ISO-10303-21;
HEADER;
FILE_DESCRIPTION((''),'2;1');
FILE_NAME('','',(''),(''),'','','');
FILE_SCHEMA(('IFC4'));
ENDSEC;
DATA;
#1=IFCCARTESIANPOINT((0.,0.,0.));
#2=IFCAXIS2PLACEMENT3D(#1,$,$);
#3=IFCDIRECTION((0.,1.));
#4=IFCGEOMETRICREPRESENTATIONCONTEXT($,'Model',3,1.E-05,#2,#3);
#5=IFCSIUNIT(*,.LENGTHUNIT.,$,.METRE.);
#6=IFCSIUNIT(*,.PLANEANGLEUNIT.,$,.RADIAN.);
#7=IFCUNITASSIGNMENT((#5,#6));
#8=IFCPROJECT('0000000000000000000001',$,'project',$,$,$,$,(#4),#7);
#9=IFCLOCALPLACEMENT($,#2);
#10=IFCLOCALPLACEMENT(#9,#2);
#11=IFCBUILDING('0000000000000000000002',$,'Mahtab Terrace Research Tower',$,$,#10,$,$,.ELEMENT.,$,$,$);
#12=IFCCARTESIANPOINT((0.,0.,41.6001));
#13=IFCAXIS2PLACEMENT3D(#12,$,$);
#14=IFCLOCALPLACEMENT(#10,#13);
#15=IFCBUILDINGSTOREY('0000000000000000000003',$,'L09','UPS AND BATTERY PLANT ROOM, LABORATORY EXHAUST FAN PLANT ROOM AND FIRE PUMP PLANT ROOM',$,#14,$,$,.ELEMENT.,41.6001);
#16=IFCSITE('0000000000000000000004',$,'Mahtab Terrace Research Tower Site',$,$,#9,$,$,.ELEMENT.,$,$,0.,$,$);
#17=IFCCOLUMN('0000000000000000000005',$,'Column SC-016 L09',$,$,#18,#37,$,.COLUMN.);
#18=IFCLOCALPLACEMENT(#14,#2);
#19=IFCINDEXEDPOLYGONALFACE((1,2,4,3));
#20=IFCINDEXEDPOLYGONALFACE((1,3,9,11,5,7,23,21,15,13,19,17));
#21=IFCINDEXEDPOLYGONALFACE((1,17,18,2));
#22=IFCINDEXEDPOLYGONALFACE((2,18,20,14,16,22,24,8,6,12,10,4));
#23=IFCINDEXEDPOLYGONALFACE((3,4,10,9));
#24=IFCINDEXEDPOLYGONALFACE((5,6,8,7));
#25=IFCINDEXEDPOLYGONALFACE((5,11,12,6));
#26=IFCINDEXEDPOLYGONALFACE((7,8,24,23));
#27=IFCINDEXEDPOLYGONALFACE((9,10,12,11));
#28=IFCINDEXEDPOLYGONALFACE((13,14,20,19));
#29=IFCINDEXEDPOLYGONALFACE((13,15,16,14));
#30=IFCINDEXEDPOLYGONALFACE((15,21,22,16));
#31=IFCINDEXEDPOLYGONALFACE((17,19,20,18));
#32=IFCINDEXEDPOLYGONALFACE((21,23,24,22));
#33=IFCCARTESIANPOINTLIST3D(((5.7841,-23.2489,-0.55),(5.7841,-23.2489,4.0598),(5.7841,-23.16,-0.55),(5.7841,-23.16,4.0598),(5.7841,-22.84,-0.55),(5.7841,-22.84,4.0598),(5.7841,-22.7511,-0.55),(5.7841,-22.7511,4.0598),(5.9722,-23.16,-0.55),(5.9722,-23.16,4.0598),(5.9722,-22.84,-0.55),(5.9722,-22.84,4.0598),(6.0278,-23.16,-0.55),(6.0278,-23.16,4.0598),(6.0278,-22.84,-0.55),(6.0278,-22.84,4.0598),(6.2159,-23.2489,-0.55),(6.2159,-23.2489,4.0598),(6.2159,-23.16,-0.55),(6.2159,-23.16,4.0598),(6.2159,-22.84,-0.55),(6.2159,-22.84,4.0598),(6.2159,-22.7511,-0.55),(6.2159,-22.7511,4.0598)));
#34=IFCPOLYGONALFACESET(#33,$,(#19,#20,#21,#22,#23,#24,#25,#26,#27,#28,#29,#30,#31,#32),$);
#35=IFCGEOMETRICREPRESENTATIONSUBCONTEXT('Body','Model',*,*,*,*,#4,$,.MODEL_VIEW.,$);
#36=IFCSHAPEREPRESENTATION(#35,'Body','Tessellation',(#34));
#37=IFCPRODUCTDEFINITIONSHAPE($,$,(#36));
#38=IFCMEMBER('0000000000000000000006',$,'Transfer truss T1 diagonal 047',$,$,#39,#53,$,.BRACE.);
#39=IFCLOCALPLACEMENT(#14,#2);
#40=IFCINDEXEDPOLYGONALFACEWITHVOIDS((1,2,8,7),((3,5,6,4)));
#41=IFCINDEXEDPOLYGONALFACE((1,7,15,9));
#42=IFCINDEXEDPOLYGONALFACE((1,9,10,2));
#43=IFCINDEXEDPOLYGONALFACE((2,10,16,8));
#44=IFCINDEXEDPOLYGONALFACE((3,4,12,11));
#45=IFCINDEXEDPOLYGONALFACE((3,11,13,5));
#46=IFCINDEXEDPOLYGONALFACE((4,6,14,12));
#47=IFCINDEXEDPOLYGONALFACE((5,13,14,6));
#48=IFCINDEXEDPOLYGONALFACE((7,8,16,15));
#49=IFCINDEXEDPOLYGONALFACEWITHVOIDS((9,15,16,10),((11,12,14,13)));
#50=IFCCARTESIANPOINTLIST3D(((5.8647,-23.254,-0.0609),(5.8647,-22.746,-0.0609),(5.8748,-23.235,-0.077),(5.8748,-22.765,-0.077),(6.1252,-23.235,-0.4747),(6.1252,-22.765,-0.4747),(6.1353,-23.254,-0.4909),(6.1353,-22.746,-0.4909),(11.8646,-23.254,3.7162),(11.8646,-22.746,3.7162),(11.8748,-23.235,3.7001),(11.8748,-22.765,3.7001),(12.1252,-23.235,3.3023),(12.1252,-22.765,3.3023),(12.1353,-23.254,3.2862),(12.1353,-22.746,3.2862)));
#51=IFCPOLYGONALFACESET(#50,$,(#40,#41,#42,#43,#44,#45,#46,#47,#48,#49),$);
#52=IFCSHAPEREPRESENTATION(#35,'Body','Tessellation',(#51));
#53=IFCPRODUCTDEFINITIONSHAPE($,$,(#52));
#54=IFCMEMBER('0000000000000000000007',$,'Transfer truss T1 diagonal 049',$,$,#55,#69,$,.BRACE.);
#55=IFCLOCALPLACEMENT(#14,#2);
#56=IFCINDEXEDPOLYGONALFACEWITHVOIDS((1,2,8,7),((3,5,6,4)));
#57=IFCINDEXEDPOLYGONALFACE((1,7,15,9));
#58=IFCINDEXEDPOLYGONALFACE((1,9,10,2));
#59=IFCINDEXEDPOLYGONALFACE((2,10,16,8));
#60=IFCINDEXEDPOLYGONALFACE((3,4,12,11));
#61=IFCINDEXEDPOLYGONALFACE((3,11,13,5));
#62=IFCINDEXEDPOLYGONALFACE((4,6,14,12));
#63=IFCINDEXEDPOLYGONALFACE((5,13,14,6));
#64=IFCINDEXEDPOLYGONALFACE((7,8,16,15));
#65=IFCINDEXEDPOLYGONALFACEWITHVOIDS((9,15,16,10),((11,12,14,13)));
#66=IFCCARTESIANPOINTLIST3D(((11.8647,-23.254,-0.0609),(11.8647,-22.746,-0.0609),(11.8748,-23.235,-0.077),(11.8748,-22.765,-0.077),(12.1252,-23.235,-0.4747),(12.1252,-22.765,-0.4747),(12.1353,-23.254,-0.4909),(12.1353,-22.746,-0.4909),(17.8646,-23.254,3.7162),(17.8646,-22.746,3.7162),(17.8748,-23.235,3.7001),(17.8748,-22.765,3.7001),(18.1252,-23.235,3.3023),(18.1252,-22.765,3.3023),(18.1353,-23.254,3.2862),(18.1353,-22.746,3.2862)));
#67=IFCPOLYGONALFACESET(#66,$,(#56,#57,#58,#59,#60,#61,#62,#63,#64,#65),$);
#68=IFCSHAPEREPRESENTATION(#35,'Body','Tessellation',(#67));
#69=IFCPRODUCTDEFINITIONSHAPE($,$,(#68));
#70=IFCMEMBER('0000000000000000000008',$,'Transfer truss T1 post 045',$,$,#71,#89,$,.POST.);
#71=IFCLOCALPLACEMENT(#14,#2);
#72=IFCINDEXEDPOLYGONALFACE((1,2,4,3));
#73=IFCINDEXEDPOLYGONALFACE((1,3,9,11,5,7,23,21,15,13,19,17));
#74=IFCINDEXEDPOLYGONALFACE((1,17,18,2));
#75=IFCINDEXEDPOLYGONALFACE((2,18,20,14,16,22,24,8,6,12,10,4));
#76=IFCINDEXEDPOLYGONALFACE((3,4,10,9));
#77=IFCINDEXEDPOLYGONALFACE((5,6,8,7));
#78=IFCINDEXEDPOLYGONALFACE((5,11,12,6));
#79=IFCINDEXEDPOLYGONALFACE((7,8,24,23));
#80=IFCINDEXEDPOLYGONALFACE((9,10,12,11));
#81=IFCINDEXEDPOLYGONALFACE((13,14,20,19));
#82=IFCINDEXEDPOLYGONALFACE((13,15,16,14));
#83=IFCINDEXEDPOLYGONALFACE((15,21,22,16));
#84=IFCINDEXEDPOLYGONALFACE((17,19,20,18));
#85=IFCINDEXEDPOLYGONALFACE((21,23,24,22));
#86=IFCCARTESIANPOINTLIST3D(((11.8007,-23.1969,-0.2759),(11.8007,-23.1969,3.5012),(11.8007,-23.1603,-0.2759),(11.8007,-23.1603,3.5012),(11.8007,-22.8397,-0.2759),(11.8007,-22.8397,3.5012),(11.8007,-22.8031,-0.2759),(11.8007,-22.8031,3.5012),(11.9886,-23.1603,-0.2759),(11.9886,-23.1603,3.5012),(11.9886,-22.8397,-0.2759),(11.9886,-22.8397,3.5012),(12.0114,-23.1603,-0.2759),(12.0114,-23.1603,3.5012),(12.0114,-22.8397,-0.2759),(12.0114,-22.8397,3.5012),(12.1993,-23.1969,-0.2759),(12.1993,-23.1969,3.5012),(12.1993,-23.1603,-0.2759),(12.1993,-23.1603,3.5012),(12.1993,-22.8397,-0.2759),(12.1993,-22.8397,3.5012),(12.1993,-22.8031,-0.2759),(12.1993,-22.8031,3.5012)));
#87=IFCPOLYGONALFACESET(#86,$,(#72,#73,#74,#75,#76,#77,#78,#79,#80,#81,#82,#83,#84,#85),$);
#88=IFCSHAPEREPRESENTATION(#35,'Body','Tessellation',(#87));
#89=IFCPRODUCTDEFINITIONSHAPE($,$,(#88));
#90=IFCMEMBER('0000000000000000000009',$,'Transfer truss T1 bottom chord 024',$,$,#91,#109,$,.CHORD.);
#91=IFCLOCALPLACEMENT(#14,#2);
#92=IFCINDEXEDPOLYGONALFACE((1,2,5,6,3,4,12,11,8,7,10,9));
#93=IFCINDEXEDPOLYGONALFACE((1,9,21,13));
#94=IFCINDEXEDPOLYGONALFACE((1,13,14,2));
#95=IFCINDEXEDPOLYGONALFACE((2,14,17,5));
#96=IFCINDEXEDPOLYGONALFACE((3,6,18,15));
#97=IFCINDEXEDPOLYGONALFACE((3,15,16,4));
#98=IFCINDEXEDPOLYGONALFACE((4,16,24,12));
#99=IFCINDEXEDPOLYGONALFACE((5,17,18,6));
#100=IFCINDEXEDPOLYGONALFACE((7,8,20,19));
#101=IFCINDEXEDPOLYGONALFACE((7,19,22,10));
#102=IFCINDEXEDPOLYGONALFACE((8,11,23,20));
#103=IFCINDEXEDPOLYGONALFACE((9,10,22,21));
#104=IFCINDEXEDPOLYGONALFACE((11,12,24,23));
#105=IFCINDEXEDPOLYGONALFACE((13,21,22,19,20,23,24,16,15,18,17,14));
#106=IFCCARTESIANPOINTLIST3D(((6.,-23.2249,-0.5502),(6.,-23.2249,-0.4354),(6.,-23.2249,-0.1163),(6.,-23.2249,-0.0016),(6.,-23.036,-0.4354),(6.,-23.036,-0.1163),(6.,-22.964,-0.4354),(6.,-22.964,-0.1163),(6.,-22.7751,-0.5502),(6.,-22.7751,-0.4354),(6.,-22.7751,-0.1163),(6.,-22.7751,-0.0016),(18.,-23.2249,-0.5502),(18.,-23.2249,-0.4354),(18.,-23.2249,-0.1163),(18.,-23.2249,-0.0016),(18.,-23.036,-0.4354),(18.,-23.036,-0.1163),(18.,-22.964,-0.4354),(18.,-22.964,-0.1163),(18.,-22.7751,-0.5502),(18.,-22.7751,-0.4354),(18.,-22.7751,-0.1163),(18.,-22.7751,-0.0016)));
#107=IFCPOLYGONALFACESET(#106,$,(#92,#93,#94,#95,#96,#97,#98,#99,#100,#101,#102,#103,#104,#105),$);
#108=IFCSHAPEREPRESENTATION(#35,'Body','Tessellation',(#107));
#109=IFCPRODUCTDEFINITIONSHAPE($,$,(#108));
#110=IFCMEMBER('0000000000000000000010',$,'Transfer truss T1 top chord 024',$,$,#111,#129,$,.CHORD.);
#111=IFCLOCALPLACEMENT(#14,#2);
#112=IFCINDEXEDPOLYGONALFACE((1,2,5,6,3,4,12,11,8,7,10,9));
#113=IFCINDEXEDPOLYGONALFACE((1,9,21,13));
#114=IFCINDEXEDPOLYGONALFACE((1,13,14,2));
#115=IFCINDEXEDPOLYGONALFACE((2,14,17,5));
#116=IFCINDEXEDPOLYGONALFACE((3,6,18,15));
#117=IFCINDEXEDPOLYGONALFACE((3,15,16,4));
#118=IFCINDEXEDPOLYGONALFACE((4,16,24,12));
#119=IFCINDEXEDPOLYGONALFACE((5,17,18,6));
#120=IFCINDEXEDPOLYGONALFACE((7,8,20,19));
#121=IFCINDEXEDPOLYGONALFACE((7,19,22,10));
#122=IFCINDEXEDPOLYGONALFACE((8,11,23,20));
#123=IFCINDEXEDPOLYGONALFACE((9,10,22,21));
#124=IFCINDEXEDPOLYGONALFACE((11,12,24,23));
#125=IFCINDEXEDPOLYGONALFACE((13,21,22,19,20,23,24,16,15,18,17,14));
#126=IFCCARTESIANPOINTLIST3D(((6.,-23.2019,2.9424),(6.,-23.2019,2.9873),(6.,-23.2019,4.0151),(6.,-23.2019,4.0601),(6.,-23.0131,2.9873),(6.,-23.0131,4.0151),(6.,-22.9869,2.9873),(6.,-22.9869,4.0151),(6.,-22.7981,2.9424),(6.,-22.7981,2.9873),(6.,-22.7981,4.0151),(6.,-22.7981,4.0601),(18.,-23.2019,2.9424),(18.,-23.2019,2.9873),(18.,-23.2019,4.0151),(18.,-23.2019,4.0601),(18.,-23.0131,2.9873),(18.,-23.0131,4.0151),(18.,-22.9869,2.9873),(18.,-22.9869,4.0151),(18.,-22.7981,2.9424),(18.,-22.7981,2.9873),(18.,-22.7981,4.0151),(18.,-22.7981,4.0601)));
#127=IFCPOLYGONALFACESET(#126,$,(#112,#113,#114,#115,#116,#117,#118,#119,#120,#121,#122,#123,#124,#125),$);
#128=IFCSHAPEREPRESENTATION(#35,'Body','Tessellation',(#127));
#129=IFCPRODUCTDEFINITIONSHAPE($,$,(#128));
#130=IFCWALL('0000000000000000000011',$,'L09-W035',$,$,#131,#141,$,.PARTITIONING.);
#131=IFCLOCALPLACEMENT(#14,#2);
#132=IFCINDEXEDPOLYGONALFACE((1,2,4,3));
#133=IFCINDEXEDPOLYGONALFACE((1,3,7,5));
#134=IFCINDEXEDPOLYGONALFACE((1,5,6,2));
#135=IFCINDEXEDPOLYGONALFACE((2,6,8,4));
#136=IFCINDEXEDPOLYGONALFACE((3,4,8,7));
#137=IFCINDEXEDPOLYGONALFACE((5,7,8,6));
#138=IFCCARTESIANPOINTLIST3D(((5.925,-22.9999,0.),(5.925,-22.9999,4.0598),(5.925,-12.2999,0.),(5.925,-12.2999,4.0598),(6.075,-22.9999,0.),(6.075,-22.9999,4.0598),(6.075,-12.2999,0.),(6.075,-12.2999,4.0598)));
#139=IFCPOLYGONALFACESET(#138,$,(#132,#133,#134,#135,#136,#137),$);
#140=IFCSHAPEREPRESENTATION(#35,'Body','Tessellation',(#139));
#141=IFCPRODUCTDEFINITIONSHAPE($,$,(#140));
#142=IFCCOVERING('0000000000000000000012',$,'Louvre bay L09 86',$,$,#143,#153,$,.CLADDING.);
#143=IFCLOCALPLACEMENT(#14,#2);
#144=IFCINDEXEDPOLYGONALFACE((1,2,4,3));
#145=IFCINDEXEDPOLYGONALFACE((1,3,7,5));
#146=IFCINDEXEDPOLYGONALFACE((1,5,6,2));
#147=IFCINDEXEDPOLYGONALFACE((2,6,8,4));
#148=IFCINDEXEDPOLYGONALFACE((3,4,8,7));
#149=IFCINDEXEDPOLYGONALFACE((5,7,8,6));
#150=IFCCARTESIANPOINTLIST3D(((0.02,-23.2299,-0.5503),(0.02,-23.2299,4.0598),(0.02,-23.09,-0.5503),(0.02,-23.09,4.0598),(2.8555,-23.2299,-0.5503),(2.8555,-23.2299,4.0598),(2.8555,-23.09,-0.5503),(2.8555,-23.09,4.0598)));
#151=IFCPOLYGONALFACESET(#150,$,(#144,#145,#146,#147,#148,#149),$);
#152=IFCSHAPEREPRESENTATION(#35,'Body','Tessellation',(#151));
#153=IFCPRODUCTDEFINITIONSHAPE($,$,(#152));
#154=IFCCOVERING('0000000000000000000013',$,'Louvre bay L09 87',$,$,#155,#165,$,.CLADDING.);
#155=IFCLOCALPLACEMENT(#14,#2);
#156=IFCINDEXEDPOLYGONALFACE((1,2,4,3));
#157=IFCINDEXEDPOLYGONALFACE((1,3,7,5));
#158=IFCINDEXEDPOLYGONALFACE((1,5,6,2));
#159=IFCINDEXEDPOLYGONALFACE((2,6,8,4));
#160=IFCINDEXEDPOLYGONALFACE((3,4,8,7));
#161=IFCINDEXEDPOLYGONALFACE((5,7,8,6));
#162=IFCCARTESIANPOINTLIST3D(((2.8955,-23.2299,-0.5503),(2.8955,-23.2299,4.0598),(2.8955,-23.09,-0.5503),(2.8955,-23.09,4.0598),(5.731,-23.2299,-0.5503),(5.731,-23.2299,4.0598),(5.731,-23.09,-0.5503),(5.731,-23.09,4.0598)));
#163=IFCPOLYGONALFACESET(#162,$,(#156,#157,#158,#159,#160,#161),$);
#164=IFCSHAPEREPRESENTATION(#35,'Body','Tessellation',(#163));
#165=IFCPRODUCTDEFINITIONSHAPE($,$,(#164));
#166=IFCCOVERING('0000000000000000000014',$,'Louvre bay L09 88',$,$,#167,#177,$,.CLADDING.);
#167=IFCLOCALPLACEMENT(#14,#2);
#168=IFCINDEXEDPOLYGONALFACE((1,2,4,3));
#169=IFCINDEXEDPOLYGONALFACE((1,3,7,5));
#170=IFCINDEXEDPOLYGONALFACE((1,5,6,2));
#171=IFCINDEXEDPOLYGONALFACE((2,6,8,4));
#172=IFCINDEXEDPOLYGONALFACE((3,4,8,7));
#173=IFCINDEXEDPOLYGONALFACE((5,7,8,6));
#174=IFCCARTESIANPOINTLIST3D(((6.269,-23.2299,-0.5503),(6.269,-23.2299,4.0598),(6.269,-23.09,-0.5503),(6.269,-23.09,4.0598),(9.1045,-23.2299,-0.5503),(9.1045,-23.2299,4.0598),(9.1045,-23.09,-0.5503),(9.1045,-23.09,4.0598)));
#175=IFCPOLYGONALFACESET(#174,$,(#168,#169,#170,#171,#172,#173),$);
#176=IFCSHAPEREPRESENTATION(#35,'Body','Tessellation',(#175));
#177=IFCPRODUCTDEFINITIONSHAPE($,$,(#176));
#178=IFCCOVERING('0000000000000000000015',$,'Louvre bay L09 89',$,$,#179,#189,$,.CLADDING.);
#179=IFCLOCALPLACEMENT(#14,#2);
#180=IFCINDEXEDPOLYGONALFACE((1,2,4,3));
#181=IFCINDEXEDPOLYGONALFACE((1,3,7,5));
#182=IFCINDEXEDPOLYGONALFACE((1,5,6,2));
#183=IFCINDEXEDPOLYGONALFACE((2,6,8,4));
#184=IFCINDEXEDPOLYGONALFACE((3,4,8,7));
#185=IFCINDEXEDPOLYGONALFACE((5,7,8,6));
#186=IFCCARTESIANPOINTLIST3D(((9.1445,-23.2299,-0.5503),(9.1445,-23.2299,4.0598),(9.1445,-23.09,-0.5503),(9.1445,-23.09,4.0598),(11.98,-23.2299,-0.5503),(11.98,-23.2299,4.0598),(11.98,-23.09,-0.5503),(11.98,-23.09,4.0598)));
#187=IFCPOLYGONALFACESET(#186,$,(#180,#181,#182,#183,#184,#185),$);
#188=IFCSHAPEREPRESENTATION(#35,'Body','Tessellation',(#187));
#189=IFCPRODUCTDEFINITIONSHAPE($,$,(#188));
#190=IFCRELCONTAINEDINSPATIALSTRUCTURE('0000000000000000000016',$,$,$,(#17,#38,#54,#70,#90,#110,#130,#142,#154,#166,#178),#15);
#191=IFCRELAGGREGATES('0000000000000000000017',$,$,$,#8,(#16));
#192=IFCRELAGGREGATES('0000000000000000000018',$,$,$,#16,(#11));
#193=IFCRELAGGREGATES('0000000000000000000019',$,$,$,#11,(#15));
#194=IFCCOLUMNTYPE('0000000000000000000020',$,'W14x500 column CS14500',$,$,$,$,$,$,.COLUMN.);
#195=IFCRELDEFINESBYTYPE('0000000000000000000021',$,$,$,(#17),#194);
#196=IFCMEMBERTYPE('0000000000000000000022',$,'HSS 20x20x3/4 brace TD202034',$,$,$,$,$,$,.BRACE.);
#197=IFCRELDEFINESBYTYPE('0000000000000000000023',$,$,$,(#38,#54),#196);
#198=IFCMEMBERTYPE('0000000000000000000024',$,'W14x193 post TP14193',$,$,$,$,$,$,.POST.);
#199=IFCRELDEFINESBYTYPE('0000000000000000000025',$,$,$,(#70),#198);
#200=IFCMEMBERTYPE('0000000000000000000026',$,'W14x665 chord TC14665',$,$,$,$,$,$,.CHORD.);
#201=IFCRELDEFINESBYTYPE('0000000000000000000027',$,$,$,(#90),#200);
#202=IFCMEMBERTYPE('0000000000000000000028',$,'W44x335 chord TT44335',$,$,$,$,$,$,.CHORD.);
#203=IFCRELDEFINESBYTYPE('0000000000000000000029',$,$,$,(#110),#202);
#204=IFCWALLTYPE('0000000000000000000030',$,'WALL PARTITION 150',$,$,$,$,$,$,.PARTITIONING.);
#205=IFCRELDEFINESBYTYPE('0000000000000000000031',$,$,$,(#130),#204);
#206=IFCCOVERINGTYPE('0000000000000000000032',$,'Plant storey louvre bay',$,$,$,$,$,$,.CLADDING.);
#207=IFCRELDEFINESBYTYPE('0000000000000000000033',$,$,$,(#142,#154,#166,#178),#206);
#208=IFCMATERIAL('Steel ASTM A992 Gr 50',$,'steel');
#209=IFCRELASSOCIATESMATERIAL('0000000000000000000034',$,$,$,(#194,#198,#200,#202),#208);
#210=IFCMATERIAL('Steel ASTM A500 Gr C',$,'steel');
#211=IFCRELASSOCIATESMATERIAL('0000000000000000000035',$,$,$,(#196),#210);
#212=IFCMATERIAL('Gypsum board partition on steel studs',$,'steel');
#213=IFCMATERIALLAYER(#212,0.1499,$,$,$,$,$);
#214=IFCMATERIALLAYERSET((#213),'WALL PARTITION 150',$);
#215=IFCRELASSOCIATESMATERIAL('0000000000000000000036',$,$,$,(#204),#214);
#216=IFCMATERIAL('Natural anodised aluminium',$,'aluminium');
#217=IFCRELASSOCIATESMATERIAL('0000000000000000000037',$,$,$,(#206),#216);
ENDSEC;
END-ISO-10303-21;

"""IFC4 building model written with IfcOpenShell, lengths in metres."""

from ifc_helpers import new_model, si_unit, direction, frame, frame_2d, origin, origin_2d, place, context, subcontext, project, spatial, rectangle, hollow_rectangle, i_section, extrude, material, layer, layer_set, material_profile, profile_set, type_object, element, save


model = new_model("IFC4")

# Units and contexts
model_context = context("Model", 3, precision=1e-05, world=origin(), true_north=direction((0.0, 1.0)))
body_context = subcontext(model_context, "Body", "Model", "MODEL_VIEW")
ifc_project = project(units=[si_unit("LENGTHUNIT", "METRE"), si_unit("PLANEANGLEUNIT", "RADIAN")], contexts=[model_context])

# Site, building, storey
site_placement = place(None, origin())
site = spatial("IfcSite", under=ifc_project, at=site_placement, Name="Mahtab Terrace Research Tower Site", CompositionType="ELEMENT", RefElevation=0.0)
building_placement = place(site_placement, origin())
building = spatial("IfcBuilding", under=site, at=building_placement, Name="Mahtab Terrace Research Tower", CompositionType="ELEMENT")
storey_placement = place(building_placement, frame((0.0, 0.0, 41.6001)))
storey = spatial("IfcBuildingStorey", under=building, at=storey_placement, Name="L09", Description="UPS AND BATTERY PLANT ROOM, LABORATORY EXHAUST FAN PLANT ROOM AND FIRE PUMP PLANT ROOM", CompositionType="ELEMENT", Elevation=41.6001)

# Column
ifc_material_1 = material(Name="Steel ASTM A992 Gr 50", Category="steel")
ifc_material_profile_1 = material_profile(ifc_material_1, i_section(OverallWidth=0.4319, OverallDepth=0.4978, WebThickness=0.0557, FlangeThickness=0.0889, at=origin_2d()), Name="W14X500")
ifc_profile_set_1 = profile_set([ifc_material_profile_1], Name="Steel ASTM A992 Gr 50")
column_type = type_object("IfcColumnType", Name="W14x500 column CS14500", PredefinedType="COLUMN", material=ifc_profile_set_1)
column_placement = place(storey_placement, frame((6.0, -23.0, -0.55), z_axis=(0.0, 0.0, 1.0), x_axis=(1.0, 0.0, 0.0)))
element("IfcColumn", 1, at=column_placement, inside=storey, type_object=column_type, Name="Column SC-016 L09", PredefinedType="COLUMN", context=body_context, shape_type="SweptSolid", body=[
    extrude(i_section(OverallWidth=0.4319, OverallDepth=0.4978, WebThickness=0.0557, FlangeThickness=0.0889, at=origin_2d()), origin(), (0.0, 0.0, 1.0), 4.6099),
])

# Members
ifc_material_2 = material(Name="Steel ASTM A500 Gr C", Category="steel")
ifc_material_profile_2 = material_profile(ifc_material_2, hollow_rectangle(XDim=0.5081, YDim=0.5081, WallThickness=0.019, at=origin_2d()), Name="HSS20X20X3/4")
ifc_profile_set_2 = profile_set([ifc_material_profile_2], Name="Steel ASTM A500 Gr C")
member_type_1 = type_object("IfcMemberType", Name="HSS 20x20x3/4 brace TD202034", PredefinedType="BRACE", material=ifc_profile_set_2)
for number, where, z_axis, x_axis, name in (
    (2, (6.0, -23.0, -0.2759), (0.846276, 0.0, 0.532745), (0.0, 1.0, 0.0), "Transfer truss T1 diagonal 047"),
    (3, (12.0, -23.0, -0.2759), (0.846276, 0.0, 0.532745), (0.0, 1.0, 0.0), "Transfer truss T1 diagonal 049"),
):
    element("IfcMember", number, at=place(storey_placement, frame(where, z_axis=z_axis, x_axis=x_axis)), inside=storey, type_object=member_type_1, Name=name, PredefinedType="BRACE", context=body_context, shape_type="SweptSolid", body=[
        extrude(hollow_rectangle(XDim=0.5081, YDim=0.5081, WallThickness=0.019, at=origin_2d()), origin(), (0.0, 0.0, 1.0), 7.0898),
    ])
ifc_material_profile_3 = material_profile(ifc_material_1, i_section(OverallWidth=0.3987, OverallDepth=0.3938, WebThickness=0.0227, FlangeThickness=0.0366, at=origin_2d()), Name="W14X193")
ifc_profile_set_3 = profile_set([ifc_material_profile_3], Name="Steel ASTM A992 Gr 50")
member_type_2 = type_object("IfcMemberType", Name="W14x193 post TP14193", PredefinedType="POST", material=ifc_profile_set_3)
member_1_placement = place(storey_placement, frame((12.0, -23.0, -0.2759), z_axis=(0.0, 0.0, 1.0), x_axis=(1.0, 0.0, 0.0)))
element("IfcMember", 4, at=member_1_placement, inside=storey, type_object=member_type_2, Name="Transfer truss T1 post 045", PredefinedType="POST", context=body_context, shape_type="SweptSolid", body=[
    extrude(i_section(OverallWidth=0.3987, OverallDepth=0.3938, WebThickness=0.0227, FlangeThickness=0.0366, at=origin_2d()), origin(), (0.0, 0.0, 1.0), 3.7771),
])
ifc_material_profile_4 = material_profile(ifc_material_1, i_section(OverallWidth=0.4497, OverallDepth=0.5486, WebThickness=0.072, FlangeThickness=0.1147, at=origin_2d()), Name="W14X665")
ifc_profile_set_4 = profile_set([ifc_material_profile_4], Name="Steel ASTM A992 Gr 50")
member_type_3 = type_object("IfcMemberType", Name="W14x665 chord TC14665", PredefinedType="CHORD", material=ifc_profile_set_4)
member_2_placement = place(storey_placement, frame((6.0, -23.0, -0.2759), z_axis=(1.0, 0.0, 0.0), x_axis=(0.0, 1.0, 0.0)))
element("IfcMember", 5, at=member_2_placement, inside=storey, type_object=member_type_3, Name="Transfer truss T1 bottom chord 024", PredefinedType="CHORD", context=body_context, shape_type="SweptSolid", body=[
    extrude(i_section(OverallWidth=0.4497, OverallDepth=0.5486, WebThickness=0.072, FlangeThickness=0.1147, at=origin_2d()), origin(), (0.0, 0.0, 1.0), 12.0),
])
ifc_material_profile_5 = material_profile(ifc_material_1, i_section(OverallWidth=0.4038, OverallDepth=1.1177, WebThickness=0.0261, FlangeThickness=0.0449, at=origin_2d()), Name="W44X335")
ifc_profile_set_5 = profile_set([ifc_material_profile_5], Name="Steel ASTM A992 Gr 50")
member_type_4 = type_object("IfcMemberType", Name="W44x335 chord TT44335", PredefinedType="CHORD", material=ifc_profile_set_5)
member_3_placement = place(storey_placement, frame((6.0, -23.0, 3.5012), z_axis=(1.0, 0.0, 0.0), x_axis=(0.0, 1.0, 0.0)))
element("IfcMember", 6, at=member_3_placement, inside=storey, type_object=member_type_4, Name="Transfer truss T1 top chord 024", PredefinedType="CHORD", context=body_context, shape_type="SweptSolid", body=[
    extrude(i_section(OverallWidth=0.4038, OverallDepth=1.1177, WebThickness=0.0261, FlangeThickness=0.0449, at=origin_2d()), origin(), (0.0, 0.0, 1.0), 12.0),
])

# Wall
ifc_material_3 = material(Name="Gypsum board partition on steel studs", Category="steel")
ifc_layer_1 = layer(ifc_material_3, 0.1499)
ifc_layer_set_1 = layer_set([ifc_layer_1], Name="WALL PARTITION 150")
wall_type = type_object("IfcWallType", Name="WALL PARTITION 150", PredefinedType="PARTITIONING", material=ifc_layer_set_1)
wall_placement = place(storey_placement, frame((6.0, -23.0, 0.0), z_axis=(0.0, 0.0, 1.0), x_axis=(0.0, 1.0, 0.0)))
element("IfcWall", 7, at=wall_placement, inside=storey, type_object=wall_type, Name="L09-W035", PredefinedType="PARTITIONING", context=body_context, shape_type="SweptSolid", body=[
    extrude(rectangle(XDim=10.7, YDim=0.1499, at=frame_2d((5.3501, 0.0))), origin(), (0.0, 0.0, 1.0), 4.0598),
])

# Coverings
ifc_material_4 = material(Name="Natural anodised aluminium", Category="aluminium")
covering_type = type_object("IfcCoveringType", Name="Plant storey louvre bay", PredefinedType="CLADDING", material=ifc_material_4)
for number, where, z_axis, x_axis, name in (
    (8, (1.4377, -23.1599, -0.5503), (0.0, 0.0, 1.0), (1.0, 0.0, 0.0), "Louvre bay L09 86"),
    (9, (4.3132, -23.1599, -0.5503), (0.0, 0.0, 1.0), (1.0, 0.0, 0.0), "Louvre bay L09 87"),
    (10, (7.6868, -23.1599, -0.5503), (0.0, 0.0, 1.0), (1.0, 0.0, 0.0), "Louvre bay L09 88"),
    (11, (10.5623, -23.1599, -0.5503), (0.0, 0.0, 1.0), (1.0, 0.0, 0.0), "Louvre bay L09 89"),
):
    element("IfcCovering", number, at=place(storey_placement, frame(where, z_axis=z_axis, x_axis=x_axis)), inside=storey, type_object=covering_type, Name=name, PredefinedType="CLADDING", context=body_context, shape_type="SweptSolid", body=[
        extrude(rectangle(XDim=2.8354, YDim=0.1399, at=origin_2d()), origin(), (0.0, 0.0, 1.0), 4.6101),
    ])

save(model, "model.ifc")
